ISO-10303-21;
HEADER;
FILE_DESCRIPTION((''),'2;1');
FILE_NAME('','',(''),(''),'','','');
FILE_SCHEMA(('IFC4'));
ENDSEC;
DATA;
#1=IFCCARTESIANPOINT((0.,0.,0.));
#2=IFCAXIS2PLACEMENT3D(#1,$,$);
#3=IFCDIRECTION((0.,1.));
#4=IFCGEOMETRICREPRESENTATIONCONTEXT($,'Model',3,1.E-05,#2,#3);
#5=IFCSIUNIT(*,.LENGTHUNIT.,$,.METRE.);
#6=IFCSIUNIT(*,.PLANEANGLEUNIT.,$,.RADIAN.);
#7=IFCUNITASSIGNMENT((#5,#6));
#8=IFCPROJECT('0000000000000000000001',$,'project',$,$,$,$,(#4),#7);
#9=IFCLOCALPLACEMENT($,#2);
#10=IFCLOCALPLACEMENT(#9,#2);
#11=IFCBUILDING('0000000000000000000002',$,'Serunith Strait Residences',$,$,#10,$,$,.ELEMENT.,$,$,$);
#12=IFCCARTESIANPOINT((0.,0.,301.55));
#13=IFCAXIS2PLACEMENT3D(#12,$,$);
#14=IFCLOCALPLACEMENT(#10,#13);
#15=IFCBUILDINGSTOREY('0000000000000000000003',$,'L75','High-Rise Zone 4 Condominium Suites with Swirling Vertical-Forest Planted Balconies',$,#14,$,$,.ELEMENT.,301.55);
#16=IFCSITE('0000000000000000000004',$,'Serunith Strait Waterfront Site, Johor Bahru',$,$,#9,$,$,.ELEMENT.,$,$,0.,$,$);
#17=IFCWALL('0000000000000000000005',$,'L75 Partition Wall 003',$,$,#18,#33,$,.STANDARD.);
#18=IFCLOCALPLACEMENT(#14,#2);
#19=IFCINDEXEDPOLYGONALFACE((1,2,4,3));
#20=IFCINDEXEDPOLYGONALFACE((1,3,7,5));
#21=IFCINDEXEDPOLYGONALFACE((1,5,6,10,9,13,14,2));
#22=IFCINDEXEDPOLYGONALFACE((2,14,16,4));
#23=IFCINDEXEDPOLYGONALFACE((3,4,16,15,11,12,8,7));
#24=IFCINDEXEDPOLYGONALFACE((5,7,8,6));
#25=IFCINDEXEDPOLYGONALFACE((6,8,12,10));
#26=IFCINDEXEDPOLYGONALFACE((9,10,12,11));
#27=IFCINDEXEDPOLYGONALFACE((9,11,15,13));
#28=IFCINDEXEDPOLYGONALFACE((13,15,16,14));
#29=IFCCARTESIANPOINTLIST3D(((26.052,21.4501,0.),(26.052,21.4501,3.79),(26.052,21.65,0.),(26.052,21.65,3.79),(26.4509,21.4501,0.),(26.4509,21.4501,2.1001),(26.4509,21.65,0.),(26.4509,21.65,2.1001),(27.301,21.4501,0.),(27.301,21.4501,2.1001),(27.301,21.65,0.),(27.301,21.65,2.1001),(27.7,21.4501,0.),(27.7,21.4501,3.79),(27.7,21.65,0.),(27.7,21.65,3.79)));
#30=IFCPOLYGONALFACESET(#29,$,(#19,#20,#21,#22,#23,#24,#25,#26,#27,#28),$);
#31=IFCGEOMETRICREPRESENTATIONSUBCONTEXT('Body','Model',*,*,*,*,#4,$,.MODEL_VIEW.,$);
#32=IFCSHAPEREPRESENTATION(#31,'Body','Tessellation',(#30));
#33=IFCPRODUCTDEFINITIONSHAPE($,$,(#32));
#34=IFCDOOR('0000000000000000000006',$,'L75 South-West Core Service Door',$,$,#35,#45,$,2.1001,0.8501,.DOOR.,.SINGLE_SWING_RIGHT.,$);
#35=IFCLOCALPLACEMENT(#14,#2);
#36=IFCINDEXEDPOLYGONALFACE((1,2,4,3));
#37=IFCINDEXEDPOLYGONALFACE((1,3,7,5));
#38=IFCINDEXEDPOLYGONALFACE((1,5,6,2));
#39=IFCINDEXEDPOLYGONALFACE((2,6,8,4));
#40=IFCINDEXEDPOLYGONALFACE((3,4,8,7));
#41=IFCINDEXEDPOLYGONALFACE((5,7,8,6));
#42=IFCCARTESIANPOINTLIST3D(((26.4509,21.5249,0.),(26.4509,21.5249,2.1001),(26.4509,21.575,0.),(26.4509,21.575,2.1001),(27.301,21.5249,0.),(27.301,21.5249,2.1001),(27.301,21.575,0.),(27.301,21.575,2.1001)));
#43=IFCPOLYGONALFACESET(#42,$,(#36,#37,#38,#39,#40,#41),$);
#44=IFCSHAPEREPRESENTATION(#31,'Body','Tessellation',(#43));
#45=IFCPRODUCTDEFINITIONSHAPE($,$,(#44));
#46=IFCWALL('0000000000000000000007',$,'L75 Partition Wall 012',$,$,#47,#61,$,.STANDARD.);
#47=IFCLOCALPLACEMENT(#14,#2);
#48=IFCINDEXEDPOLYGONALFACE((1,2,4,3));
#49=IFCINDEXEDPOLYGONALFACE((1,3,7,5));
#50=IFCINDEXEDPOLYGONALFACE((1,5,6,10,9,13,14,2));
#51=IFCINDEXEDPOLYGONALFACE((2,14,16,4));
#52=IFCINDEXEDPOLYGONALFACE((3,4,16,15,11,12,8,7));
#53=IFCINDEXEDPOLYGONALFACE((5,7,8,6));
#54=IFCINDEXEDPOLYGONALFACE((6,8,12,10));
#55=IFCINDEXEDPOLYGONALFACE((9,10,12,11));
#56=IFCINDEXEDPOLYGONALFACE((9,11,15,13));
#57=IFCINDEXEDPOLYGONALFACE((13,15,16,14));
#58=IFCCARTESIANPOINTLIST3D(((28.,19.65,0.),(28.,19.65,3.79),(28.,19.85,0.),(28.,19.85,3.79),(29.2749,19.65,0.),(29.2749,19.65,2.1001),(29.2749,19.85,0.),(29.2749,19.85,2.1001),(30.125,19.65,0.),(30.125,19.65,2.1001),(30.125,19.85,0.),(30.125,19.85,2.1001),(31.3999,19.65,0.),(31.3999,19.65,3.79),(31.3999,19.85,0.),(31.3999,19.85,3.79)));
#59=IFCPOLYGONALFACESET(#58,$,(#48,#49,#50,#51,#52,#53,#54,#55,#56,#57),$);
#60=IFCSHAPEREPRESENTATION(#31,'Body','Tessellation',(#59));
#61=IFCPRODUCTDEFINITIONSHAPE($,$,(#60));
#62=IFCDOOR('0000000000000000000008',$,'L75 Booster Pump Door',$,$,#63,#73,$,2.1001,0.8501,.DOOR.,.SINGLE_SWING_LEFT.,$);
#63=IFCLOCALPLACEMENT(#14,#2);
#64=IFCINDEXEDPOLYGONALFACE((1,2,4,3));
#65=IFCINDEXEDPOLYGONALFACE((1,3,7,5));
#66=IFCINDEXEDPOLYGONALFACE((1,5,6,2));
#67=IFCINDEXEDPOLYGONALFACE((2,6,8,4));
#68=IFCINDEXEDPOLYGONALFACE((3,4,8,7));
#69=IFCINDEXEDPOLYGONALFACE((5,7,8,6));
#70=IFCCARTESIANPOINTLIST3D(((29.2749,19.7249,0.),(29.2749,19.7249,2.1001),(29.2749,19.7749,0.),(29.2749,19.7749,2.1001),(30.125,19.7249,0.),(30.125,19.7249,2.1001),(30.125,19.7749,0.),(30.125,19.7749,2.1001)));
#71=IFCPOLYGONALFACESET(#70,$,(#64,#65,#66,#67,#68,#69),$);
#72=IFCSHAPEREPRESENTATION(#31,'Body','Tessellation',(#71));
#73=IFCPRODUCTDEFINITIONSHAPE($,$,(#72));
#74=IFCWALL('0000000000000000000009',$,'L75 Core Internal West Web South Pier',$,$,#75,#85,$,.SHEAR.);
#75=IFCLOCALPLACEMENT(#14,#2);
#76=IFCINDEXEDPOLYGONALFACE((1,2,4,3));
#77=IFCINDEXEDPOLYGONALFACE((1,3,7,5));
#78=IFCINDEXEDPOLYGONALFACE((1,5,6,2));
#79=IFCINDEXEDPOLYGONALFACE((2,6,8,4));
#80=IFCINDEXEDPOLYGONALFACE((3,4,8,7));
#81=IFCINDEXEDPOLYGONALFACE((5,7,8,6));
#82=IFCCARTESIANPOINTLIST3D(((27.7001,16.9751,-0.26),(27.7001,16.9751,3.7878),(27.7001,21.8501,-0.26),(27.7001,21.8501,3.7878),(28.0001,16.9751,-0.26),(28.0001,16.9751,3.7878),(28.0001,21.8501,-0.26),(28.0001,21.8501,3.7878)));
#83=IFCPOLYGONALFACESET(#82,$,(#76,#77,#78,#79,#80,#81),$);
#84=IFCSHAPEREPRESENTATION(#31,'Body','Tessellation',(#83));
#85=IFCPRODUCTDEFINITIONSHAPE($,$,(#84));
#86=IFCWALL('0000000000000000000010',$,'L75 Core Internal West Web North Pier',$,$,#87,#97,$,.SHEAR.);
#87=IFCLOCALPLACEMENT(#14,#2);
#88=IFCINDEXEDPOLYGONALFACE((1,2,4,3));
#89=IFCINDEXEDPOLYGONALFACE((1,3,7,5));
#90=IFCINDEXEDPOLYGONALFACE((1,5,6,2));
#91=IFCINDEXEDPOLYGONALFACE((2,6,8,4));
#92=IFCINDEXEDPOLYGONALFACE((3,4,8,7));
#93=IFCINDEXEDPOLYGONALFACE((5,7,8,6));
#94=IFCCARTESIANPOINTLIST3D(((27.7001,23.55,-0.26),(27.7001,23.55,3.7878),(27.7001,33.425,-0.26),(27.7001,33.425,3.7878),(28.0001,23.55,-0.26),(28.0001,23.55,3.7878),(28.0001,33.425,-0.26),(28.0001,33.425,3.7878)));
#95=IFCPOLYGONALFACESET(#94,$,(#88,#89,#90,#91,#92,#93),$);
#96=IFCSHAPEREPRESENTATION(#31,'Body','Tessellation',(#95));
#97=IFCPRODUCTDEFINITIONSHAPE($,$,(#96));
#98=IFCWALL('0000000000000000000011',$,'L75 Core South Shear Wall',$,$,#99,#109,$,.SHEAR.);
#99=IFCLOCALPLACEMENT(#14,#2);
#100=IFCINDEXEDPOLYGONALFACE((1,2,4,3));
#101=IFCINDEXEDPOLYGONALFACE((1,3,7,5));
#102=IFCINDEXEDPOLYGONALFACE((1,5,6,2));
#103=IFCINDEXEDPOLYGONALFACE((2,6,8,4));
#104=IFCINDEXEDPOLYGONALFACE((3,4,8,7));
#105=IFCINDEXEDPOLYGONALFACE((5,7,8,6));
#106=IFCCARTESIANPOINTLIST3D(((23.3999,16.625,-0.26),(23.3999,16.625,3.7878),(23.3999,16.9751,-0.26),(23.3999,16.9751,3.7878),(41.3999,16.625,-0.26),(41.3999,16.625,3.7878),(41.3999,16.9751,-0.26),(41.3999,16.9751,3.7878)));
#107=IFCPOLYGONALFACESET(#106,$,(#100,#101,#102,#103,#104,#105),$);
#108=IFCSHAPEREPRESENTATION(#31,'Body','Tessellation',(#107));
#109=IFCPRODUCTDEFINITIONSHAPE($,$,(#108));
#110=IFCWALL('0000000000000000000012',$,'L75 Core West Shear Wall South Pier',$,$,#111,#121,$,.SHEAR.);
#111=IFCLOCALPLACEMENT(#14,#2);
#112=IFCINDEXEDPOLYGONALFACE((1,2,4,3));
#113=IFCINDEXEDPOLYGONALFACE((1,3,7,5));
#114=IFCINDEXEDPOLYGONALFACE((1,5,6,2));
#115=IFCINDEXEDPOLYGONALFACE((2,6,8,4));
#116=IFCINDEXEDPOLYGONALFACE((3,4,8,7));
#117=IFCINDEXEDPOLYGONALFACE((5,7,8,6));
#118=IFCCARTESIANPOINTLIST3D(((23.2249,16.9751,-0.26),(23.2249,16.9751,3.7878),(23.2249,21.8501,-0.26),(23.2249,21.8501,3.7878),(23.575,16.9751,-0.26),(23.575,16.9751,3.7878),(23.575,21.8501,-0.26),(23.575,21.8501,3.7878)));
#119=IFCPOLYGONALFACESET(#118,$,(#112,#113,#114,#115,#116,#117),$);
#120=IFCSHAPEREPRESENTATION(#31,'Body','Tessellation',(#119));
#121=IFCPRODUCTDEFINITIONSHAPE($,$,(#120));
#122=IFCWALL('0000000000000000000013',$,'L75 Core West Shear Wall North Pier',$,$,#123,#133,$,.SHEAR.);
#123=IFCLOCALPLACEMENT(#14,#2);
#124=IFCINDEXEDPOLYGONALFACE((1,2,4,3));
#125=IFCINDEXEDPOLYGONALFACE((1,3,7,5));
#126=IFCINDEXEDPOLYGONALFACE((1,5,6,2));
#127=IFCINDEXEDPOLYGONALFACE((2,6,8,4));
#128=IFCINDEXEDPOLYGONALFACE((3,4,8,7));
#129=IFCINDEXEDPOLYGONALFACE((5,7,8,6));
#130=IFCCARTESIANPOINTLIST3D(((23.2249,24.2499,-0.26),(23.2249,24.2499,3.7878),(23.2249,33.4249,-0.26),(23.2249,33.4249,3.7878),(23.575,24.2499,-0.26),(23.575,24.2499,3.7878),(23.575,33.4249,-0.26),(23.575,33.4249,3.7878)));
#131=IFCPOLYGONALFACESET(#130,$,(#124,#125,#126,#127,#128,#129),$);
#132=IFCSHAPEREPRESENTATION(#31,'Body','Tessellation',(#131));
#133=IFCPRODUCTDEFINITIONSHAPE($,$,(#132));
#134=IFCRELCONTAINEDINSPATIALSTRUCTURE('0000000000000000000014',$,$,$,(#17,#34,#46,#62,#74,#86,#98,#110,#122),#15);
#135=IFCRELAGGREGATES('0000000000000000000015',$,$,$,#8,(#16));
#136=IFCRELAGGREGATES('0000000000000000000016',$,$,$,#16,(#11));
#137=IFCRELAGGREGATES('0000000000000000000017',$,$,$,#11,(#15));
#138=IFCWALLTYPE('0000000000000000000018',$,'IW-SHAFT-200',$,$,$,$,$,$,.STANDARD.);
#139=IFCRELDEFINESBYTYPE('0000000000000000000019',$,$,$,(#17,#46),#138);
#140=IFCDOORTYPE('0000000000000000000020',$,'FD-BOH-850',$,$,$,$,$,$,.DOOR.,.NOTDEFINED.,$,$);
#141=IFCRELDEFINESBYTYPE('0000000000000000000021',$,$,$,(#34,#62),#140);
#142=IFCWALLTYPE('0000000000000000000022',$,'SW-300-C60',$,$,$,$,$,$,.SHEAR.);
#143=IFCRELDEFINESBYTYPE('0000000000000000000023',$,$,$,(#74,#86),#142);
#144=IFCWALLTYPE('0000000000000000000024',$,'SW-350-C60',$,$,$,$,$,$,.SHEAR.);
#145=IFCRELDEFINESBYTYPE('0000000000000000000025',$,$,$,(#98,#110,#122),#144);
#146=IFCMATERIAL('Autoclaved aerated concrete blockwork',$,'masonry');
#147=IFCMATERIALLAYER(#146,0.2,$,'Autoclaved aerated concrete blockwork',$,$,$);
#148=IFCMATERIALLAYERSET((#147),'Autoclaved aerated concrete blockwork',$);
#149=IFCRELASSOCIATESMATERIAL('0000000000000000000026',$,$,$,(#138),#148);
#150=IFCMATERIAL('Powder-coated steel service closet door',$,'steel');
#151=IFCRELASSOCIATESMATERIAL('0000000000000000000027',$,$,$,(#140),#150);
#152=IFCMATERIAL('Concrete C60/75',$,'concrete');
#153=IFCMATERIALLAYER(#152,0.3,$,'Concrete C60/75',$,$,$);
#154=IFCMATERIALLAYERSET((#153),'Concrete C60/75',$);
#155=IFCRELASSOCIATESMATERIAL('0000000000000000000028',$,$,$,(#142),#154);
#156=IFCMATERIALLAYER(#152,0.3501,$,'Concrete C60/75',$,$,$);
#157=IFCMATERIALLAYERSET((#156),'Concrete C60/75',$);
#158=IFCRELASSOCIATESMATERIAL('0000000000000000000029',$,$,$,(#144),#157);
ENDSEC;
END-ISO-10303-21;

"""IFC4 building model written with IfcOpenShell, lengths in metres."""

from ifc_helpers import new_model, si_unit, direction, frame, frame_2d, origin, place, context, subcontext, project, spatial, rectangle, extrude, source, transform, mapped, material, layer, layer_set, type_object, element, fill, save


model = new_model("IFC4")

# Units and contexts
model_context = context("Model", 3, precision=1e-05, world=origin(), true_north=direction((0.0, 1.0)))
body_context = subcontext(model_context, "Body", "Model", "MODEL_VIEW")
ifc_project = project(units=[si_unit("LENGTHUNIT", "METRE"), si_unit("PLANEANGLEUNIT", "RADIAN")], contexts=[model_context])

# Site, building, storey
site_placement = place(None, origin())
site = spatial("IfcSite", under=ifc_project, at=site_placement, Name="Serunith Strait Waterfront Site, Johor Bahru", CompositionType="ELEMENT", RefElevation=0.0)
building_placement = place(site_placement, origin())
building = spatial("IfcBuilding", under=site, at=building_placement, Name="Serunith Strait Residences", CompositionType="ELEMENT")
storey_placement = place(building_placement, frame((0.0, 0.0, 301.55)))
storey = spatial("IfcBuildingStorey", under=building, at=storey_placement, Name="L75", Description="High-Rise Zone 4 Condominium Suites with Swirling Vertical-Forest Planted Balconies", CompositionType="ELEMENT", Elevation=301.55)

# Shared definitions
shared_shape_1 = source(origin(), body_context, "Body", "SweptSolid", [
    extrude(rectangle(XDim=0.8501, YDim=2.1001, at=frame_2d((0.425, 1.05))), frame((0.0, 0.0249, 0.0), z_axis=(0.0, -1.0, 0.0), x_axis=(1.0, 0.0, 0.0)), (0.0, 0.0, 1.0), 0.05),
])

# Shared definitions
ifc_material_1 = material(Name="Autoclaved aerated concrete blockwork", Category="masonry")
ifc_layer_1 = layer(ifc_material_1, 0.2, Name="Autoclaved aerated concrete blockwork")
ifc_layer_set_1 = layer_set([ifc_layer_1], Name="Autoclaved aerated concrete blockwork")
wall_type_1 = type_object("IfcWallType", Name="IW-SHAFT-200", PredefinedType="STANDARD", material=ifc_layer_set_1)

# Walls, openings, doors
wall_1_placement = place(storey_placement, frame((26.052, 21.55, 0.0), z_axis=(0.0, 0.0, 1.0), x_axis=(1.0, 0.0, 0.0)))
wall_1 = element("IfcWall", 1, at=wall_1_placement, inside=storey, type_object=wall_type_1, Name="L75 Partition Wall 003", PredefinedType="STANDARD", context=body_context, shape_type="SweptSolid", body=[
    extrude(rectangle(XDim=1.6479, YDim=0.2, at=frame_2d((0.824, 0.0))), origin(), (0.0, 0.0, 1.0), 3.79),
])
opening_1_placement = place(wall_1_placement, frame((0.3989, 0.0, 0.0)))
opening_1 = element("IfcOpeningElement", 2, at=opening_1_placement, cuts=wall_1, PredefinedType="OPENING", context=body_context, shape_type="SweptSolid", body=[
    extrude(rectangle(XDim=0.8501, YDim=2.1001, at=frame_2d((0.425, 1.05))), frame((0.0, 0.1099, 0.0), z_axis=(0.0, -1.0, 0.0), x_axis=(1.0, 0.0, 0.0)), (0.0, 0.0, 1.0), 0.22),
])
ifc_material_2 = material(Name="Powder-coated steel service closet door", Category="steel")
door_type_1 = type_object("IfcDoorType", Name="FD-BOH-850", OperationType="NOTDEFINED", PredefinedType="DOOR", material=ifc_material_2)
door_1_placement = place(opening_1_placement, origin())
door_1 = element("IfcDoor", 3, at=door_1_placement, inside=storey, type_object=door_type_1, Name="L75 South-West Core Service Door", OperationType="SINGLE_SWING_RIGHT", OverallHeight=2.1001, OverallWidth=0.8501, PredefinedType="DOOR", context=body_context, shape_type="MappedRepresentation", body=[
    mapped(shared_shape_1, transform((0.0, 0.0, 0.0), scale=1.0)),
])
fill(opening_1, door_1)
wall_2_placement = place(storey_placement, frame((28.0, 19.75, 0.0), z_axis=(0.0, 0.0, 1.0), x_axis=(1.0, 0.0, 0.0)))
wall_2 = element("IfcWall", 4, at=wall_2_placement, inside=storey, type_object=wall_type_1, Name="L75 Partition Wall 012", PredefinedType="STANDARD", context=body_context, shape_type="SweptSolid", body=[
    extrude(rectangle(XDim=3.3999, YDim=0.2, at=frame_2d((1.7, 0.0))), origin(), (0.0, 0.0, 1.0), 3.79),
])
opening_2_placement = place(wall_2_placement, frame((1.2749, 0.0, 0.0)))
opening_2 = element("IfcOpeningElement", 5, at=opening_2_placement, cuts=wall_2, PredefinedType="OPENING", context=body_context, shape_type="SweptSolid", body=[
    extrude(rectangle(XDim=0.8501, YDim=2.1001, at=frame_2d((0.425, 1.05))), frame((0.0, 0.1099, 0.0), z_axis=(0.0, -1.0, 0.0), x_axis=(1.0, 0.0, 0.0)), (0.0, 0.0, 1.0), 0.22),
])
door_2_placement = place(opening_2_placement, origin())
door_2 = element("IfcDoor", 6, at=door_2_placement, inside=storey, type_object=door_type_1, Name="L75 Booster Pump Door", OperationType="SINGLE_SWING_LEFT", OverallHeight=2.1001, OverallWidth=0.8501, PredefinedType="DOOR", context=body_context, shape_type="MappedRepresentation", body=[
    mapped(shared_shape_1, transform((0.0, 0.0, 0.0), scale=1.0)),
])
fill(opening_2, door_2)

# Walls
ifc_material_3 = material(Name="Concrete C60/75", Category="concrete")
ifc_layer_2 = layer(ifc_material_3, 0.3, Name="Concrete C60/75")
ifc_layer_set_2 = layer_set([ifc_layer_2], Name="Concrete C60/75")
wall_type_2 = type_object("IfcWallType", Name="SW-300-C60", PredefinedType="SHEAR", material=ifc_layer_set_2)
wall_3_placement = place(storey_placement, frame((27.8501, 16.9751, -0.26), z_axis=(0.0, 0.0, 1.0), x_axis=(0.0, 1.0, 0.0)))
element("IfcWall", 7, at=wall_3_placement, inside=storey, type_object=wall_type_2, Name="L75 Core Internal West Web South Pier", PredefinedType="SHEAR", context=body_context, shape_type="SweptSolid", body=[
    extrude(rectangle(XDim=4.875, YDim=0.3, at=frame_2d((2.4375, 0.0))), origin(), (0.0, 0.0, 1.0), 4.0479),
])
wall_4_placement = place(storey_placement, frame((27.8501, 23.55, -0.26), z_axis=(0.0, 0.0, 1.0), x_axis=(0.0, 1.0, 0.0)))
element("IfcWall", 8, at=wall_4_placement, inside=storey, type_object=wall_type_2, Name="L75 Core Internal West Web North Pier", PredefinedType="SHEAR", context=body_context, shape_type="SweptSolid", body=[
    extrude(rectangle(XDim=9.875, YDim=0.3, at=frame_2d((4.9375, 0.0))), origin(), (0.0, 0.0, 1.0), 4.0479),
])
ifc_layer_3 = layer(ifc_material_3, 0.3501, Name="Concrete C60/75")
ifc_layer_set_3 = layer_set([ifc_layer_3], Name="Concrete C60/75")
wall_type_3 = type_object("IfcWallType", Name="SW-350-C60", PredefinedType="SHEAR", material=ifc_layer_set_3)
wall_5_placement = place(storey_placement, frame((23.3999, 16.8, -0.26), z_axis=(0.0, 0.0, 1.0), x_axis=(1.0, 0.0, 0.0)))
element("IfcWall", 9, at=wall_5_placement, inside=storey, type_object=wall_type_3, Name="L75 Core South Shear Wall", PredefinedType="SHEAR", context=body_context, shape_type="SweptSolid", body=[
    extrude(rectangle(XDim=18.0, YDim=0.3501, at=frame_2d((9.0, 0.0))), origin(), (0.0, 0.0, 1.0), 4.0479),
])
wall_6_placement = place(storey_placement, frame((23.3999, 16.9751, -0.26), z_axis=(0.0, 0.0, 1.0), x_axis=(0.0, 1.0, 0.0)))
element("IfcWall", 10, at=wall_6_placement, inside=storey, type_object=wall_type_3, Name="L75 Core West Shear Wall South Pier", PredefinedType="SHEAR", context=body_context, shape_type="SweptSolid", body=[
    extrude(rectangle(XDim=4.875, YDim=0.3501, at=frame_2d((2.4375, 0.0))), origin(), (0.0, 0.0, 1.0), 4.0479),
])
wall_7_placement = place(storey_placement, frame((23.3999, 24.25, -0.26), z_axis=(0.0, 0.0, 1.0), x_axis=(0.0, 1.0, 0.0)))
element("IfcWall", 11, at=wall_7_placement, inside=storey, type_object=wall_type_3, Name="L75 Core West Shear Wall North Pier", PredefinedType="SHEAR", context=body_context, shape_type="SweptSolid", body=[
    extrude(rectangle(XDim=9.175, YDim=0.3501, at=frame_2d((4.5874, 0.0))), origin(), (0.0, 0.0, 1.0), 4.0479),
])

save(model, "model.ifc")
